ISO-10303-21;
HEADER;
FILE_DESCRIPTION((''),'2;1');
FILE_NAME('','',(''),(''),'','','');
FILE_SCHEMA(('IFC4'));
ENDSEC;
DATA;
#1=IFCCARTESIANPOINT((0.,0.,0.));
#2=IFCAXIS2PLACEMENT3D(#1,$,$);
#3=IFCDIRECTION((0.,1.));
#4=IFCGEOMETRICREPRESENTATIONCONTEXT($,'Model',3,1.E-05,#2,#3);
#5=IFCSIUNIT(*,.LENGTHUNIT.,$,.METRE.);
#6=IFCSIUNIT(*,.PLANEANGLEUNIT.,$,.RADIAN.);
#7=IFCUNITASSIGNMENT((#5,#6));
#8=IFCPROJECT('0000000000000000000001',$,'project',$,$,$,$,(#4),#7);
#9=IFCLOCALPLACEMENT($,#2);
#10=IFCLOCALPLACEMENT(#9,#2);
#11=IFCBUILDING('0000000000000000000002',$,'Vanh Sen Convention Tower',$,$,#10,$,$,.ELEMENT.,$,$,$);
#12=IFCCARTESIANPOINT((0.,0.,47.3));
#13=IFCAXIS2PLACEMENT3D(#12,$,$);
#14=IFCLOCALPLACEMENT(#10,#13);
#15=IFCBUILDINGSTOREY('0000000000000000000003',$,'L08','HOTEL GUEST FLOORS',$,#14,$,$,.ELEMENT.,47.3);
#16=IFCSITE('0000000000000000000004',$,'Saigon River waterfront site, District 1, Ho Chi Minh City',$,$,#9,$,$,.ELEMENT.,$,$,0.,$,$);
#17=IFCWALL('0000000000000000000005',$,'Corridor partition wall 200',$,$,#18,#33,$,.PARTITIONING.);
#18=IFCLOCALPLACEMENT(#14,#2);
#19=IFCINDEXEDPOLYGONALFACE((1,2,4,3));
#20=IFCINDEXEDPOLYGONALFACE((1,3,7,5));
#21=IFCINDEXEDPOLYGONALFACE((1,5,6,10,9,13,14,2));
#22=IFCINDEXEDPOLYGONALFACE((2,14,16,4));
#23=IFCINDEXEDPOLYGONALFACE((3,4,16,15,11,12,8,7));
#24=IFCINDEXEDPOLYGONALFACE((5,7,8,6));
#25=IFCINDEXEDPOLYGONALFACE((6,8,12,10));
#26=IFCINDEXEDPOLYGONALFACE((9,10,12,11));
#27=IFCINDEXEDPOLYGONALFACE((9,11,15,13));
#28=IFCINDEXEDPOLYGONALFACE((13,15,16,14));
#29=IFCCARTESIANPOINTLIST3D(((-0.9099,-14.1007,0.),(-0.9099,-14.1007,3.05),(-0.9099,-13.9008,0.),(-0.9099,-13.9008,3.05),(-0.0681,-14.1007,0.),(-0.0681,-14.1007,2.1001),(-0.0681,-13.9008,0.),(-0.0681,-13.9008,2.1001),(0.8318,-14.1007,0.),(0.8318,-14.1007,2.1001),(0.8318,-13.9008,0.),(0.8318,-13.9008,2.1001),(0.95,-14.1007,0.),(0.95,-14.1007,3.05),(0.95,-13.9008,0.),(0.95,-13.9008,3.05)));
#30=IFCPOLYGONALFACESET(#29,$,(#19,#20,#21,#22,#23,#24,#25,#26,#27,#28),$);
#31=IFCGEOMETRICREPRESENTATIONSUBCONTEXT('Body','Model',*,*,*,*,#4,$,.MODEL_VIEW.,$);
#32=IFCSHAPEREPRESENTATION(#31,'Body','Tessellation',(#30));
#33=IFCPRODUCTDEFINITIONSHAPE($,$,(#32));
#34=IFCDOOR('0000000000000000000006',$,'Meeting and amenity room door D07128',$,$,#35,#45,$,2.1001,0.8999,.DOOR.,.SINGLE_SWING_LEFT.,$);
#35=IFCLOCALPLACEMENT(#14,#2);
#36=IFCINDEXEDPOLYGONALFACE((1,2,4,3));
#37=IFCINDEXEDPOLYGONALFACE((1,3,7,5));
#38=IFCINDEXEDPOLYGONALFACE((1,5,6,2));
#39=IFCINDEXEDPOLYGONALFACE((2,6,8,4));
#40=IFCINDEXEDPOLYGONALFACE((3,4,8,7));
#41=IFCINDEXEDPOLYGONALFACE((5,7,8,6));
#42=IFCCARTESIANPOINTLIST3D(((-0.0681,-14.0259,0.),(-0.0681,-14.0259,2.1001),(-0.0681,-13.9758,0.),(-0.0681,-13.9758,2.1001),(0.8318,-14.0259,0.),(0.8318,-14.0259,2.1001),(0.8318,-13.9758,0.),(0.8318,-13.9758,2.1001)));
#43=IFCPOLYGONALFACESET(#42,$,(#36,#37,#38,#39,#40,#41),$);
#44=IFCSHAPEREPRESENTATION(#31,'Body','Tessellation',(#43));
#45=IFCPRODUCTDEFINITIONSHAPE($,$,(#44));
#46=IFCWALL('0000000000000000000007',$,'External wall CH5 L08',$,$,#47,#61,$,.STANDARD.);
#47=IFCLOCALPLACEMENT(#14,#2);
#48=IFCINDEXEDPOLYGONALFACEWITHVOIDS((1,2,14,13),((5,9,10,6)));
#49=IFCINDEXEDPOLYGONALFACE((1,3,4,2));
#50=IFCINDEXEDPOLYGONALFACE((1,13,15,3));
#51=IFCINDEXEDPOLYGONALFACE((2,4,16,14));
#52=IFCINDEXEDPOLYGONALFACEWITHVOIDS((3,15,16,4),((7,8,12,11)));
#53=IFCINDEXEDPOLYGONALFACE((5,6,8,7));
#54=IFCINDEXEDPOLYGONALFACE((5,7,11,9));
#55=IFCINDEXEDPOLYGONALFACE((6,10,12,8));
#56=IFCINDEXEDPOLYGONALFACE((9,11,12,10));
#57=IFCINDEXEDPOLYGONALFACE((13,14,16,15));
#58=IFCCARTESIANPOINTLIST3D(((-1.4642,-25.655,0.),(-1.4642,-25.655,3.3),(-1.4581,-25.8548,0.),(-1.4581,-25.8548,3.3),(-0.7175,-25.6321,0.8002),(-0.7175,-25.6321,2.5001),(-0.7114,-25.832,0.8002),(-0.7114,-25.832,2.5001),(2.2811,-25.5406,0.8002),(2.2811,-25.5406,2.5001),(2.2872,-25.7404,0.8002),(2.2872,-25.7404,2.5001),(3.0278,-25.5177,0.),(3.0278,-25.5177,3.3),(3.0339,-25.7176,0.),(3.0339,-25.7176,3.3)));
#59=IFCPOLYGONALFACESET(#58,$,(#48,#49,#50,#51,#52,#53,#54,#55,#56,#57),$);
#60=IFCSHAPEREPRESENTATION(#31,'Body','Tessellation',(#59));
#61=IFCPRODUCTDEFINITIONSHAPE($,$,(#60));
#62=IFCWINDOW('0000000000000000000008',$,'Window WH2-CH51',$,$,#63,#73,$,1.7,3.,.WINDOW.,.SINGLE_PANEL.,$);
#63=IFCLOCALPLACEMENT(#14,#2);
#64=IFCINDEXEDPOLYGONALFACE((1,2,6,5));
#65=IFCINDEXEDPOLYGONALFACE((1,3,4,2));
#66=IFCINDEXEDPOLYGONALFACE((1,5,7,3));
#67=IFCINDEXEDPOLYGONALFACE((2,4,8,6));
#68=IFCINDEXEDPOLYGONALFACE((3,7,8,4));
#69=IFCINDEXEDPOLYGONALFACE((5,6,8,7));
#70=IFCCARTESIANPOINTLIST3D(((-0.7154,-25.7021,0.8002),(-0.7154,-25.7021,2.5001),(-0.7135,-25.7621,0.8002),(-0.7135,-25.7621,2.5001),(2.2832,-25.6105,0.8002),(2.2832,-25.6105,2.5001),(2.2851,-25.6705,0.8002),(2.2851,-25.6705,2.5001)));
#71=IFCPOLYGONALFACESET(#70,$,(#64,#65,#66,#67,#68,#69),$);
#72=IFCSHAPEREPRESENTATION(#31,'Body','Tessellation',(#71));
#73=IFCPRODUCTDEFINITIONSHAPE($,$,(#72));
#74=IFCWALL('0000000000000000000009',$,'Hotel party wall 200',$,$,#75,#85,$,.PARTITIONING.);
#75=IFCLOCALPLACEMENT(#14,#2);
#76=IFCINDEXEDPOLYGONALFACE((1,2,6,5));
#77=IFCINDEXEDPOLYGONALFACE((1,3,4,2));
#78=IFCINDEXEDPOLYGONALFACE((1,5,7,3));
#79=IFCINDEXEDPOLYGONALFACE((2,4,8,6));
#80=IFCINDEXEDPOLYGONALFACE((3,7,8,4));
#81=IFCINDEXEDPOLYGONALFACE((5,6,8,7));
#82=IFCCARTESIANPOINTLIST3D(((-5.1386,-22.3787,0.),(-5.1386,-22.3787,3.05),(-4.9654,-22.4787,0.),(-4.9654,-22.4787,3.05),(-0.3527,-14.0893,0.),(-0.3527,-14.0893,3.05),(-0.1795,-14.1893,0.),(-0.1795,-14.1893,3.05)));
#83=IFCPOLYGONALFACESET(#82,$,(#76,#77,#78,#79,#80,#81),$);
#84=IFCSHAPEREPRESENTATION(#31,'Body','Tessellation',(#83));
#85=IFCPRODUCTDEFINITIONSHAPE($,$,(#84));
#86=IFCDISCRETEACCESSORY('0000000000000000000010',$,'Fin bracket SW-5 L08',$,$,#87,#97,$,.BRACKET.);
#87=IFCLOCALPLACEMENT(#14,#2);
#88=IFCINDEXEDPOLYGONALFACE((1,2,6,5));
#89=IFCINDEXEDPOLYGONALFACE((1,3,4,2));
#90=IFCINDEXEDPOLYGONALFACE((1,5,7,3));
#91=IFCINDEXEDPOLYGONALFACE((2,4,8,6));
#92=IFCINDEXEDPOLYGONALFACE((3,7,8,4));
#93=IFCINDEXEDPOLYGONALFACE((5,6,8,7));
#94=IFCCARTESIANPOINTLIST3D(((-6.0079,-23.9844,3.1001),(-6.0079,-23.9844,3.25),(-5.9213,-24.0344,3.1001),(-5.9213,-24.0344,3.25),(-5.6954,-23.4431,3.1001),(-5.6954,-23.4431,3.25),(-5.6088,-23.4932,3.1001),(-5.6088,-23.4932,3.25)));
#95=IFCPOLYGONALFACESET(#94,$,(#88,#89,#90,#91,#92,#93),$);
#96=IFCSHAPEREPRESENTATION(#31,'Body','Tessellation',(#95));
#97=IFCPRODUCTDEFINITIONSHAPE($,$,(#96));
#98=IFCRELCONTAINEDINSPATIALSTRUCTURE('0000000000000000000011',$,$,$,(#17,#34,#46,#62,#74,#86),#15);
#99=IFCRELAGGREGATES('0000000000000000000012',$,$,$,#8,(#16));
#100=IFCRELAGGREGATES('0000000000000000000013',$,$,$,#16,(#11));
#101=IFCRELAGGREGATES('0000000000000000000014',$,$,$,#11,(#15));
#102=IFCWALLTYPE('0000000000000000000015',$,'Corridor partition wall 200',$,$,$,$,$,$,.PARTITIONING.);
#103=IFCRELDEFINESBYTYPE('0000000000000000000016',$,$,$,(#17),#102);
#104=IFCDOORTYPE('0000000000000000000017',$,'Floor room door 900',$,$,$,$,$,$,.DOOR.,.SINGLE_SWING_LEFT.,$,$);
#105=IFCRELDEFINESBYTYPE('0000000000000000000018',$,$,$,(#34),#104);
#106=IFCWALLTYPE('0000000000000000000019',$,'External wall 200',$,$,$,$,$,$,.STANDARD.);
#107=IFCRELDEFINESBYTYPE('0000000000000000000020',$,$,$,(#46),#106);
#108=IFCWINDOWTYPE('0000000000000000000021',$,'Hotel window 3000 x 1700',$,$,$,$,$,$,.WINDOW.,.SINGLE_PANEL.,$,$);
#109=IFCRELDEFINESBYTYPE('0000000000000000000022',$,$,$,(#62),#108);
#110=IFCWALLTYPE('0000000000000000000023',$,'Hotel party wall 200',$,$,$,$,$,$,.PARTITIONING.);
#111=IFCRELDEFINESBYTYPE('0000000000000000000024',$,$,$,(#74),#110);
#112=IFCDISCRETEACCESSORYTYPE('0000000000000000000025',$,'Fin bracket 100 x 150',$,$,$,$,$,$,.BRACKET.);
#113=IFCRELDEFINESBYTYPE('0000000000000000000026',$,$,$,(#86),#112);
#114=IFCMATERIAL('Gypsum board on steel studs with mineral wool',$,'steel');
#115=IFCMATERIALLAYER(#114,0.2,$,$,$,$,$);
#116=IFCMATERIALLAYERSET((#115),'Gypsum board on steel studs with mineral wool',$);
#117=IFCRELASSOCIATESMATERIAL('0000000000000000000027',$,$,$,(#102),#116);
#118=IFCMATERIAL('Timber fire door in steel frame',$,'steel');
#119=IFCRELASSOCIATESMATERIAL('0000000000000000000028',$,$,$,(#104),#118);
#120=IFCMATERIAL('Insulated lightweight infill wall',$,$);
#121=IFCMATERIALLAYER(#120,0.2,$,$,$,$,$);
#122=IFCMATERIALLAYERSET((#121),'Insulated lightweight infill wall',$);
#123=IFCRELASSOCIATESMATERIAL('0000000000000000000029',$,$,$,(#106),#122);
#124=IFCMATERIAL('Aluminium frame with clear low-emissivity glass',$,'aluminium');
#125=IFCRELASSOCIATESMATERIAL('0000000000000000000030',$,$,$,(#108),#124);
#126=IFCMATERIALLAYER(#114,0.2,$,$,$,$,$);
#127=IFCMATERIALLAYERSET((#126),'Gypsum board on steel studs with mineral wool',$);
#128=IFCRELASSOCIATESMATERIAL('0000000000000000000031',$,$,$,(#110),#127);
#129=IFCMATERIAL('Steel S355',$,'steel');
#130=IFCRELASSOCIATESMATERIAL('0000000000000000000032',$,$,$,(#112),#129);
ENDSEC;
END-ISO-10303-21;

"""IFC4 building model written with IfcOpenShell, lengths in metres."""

from ifc_helpers import new_model, si_unit, direction, frame, frame_2d, origin, origin_2d, place, context, subcontext, project, spatial, rectangle, extrude, material, layer, layer_set, type_object, element, fill, save


model = new_model("IFC4")

# Units and contexts
model_context = context("Model", 3, precision=1e-05, world=origin(), true_north=direction((0.0, 1.0)))
body_context = subcontext(model_context, "Body", "Model", "MODEL_VIEW")
ifc_project = project(units=[si_unit("LENGTHUNIT", "METRE"), si_unit("PLANEANGLEUNIT", "RADIAN")], contexts=[model_context])

# Site, building, storey
site_placement = place(None, origin())
site = spatial("IfcSite", under=ifc_project, at=site_placement, Name="Saigon River waterfront site, District 1, Ho Chi Minh City", CompositionType="ELEMENT", RefElevation=0.0)
building_placement = place(site_placement, origin())
building = spatial("IfcBuilding", under=site, at=building_placement, Name="Vanh Sen Convention Tower", CompositionType="ELEMENT")
storey_placement = place(building_placement, frame((0.0, 0.0, 47.3)))
storey = spatial("IfcBuildingStorey", under=building, at=storey_placement, Name="L08", Description="HOTEL GUEST FLOORS", CompositionType="ELEMENT", Elevation=47.3)

# Wall, opening, door
ifc_material_1 = material(Name="Gypsum board on steel studs with mineral wool", Category="steel")
ifc_layer_1 = layer(ifc_material_1, 0.2)
ifc_layer_set_1 = layer_set([ifc_layer_1], Name="Gypsum board on steel studs with mineral wool")
wall_type_1 = type_object("IfcWallType", Name="Corridor partition wall 200", PredefinedType="PARTITIONING", material=ifc_layer_set_1)
wall_1_placement = place(storey_placement, frame((-0.9099, -14.0007, 0.0), z_axis=(0.0, 0.0, 1.0), x_axis=(1.0, 0.0, 0.0)))
wall_1 = element("IfcWall", 1, at=wall_1_placement, inside=storey, type_object=wall_type_1, Name="Corridor partition wall 200", PredefinedType="PARTITIONING", context=body_context, shape_type="SweptSolid", body=[
    extrude(rectangle(XDim=1.8599, YDim=0.2, at=frame_2d((0.9299, 0.0))), origin(), (0.0, 0.0, 1.0), 3.05),
])
opening_1_placement = place(wall_1_placement, frame((0.8418, 0.0, 0.0)))
opening_1 = element("IfcOpeningElement", 2, at=opening_1_placement, cuts=wall_1, PredefinedType="OPENING", context=body_context, shape_type="SweptSolid", body=[
    extrude(rectangle(XDim=0.8999, YDim=2.1001, at=frame_2d((0.45, 1.05))), frame((0.0, 0.1099, 0.0), z_axis=(0.0, -1.0, 0.0), x_axis=(1.0, 0.0, 0.0)), (0.0, 0.0, 1.0), 0.22),
])
ifc_material_2 = material(Name="Timber fire door in steel frame", Category="steel")
door_type_1 = type_object("IfcDoorType", Name="Floor room door 900", OperationType="SINGLE_SWING_LEFT", PredefinedType="DOOR", material=ifc_material_2)
door_1_placement = place(opening_1_placement, origin())
door_1 = element("IfcDoor", 3, at=door_1_placement, inside=storey, type_object=door_type_1, Name="Meeting and amenity room door D07128", OperationType="SINGLE_SWING_LEFT", OverallHeight=2.1001, OverallWidth=0.8999, PredefinedType="DOOR", context=body_context, shape_type="SweptSolid", body=[
    extrude(rectangle(XDim=0.8999, YDim=2.1001, at=frame_2d((0.45, 1.05))), frame((0.0, 0.0249, 0.0), z_axis=(0.0, -1.0, 0.0), x_axis=(1.0, 0.0, 0.0)), (0.0, 0.0, 1.0), 0.05),
])
fill(opening_1, door_1)

# Wall, opening, window
ifc_material_3 = material(Name="Insulated lightweight infill wall")
ifc_layer_2 = layer(ifc_material_3, 0.2)
ifc_layer_set_2 = layer_set([ifc_layer_2], Name="Insulated lightweight infill wall")
wall_type_2 = type_object("IfcWallType", Name="External wall 200", PredefinedType="STANDARD", material=ifc_layer_set_2)
wall_2_placement = place(storey_placement, frame((-1.4612, -25.7549, 0.0), z_axis=(0.0, 0.0, 1.0), x_axis=(0.999534, 0.030531, 0.0)))
wall_2 = element("IfcWall", 4, at=wall_2_placement, inside=storey, type_object=wall_type_2, Name="External wall CH5 L08", PredefinedType="STANDARD", context=body_context, shape_type="SweptSolid", body=[
    extrude(rectangle(XDim=4.4941, YDim=0.2, at=frame_2d((2.2471, 0.0))), origin(), (0.0, 0.0, 1.0), 3.3),
])
opening_2_placement = place(wall_2_placement, frame((0.7471, 0.0, 0.8)))
opening_2 = element("IfcOpeningElement", 5, at=opening_2_placement, cuts=wall_2, PredefinedType="OPENING", context=body_context, shape_type="SweptSolid", body=[
    extrude(rectangle(XDim=3.0, YDim=1.7, at=frame_2d((1.5, 0.8501))), frame((0.0, 0.1099, 0.0), z_axis=(0.0, -1.0, 0.0), x_axis=(1.0, 0.0, 0.0)), (0.0, 0.0, 1.0), 0.22),
])
ifc_material_4 = material(Name="Aluminium frame with clear low-emissivity glass", Category="aluminium")
window_type = type_object("IfcWindowType", Name="Hotel window 3000 x 1700", PartitioningType="SINGLE_PANEL", PredefinedType="WINDOW", material=ifc_material_4)
window_placement = place(opening_2_placement, origin())
window = element("IfcWindow", 6, at=window_placement, inside=storey, type_object=window_type, Name="Window WH2-CH51", OverallHeight=1.7, OverallWidth=3.0, PartitioningType="SINGLE_PANEL", PredefinedType="WINDOW", context=body_context, shape_type="SweptSolid", body=[
    extrude(rectangle(XDim=3.0, YDim=1.7, at=frame_2d((1.5, 0.8501))), frame((0.0, 0.03, 0.0), z_axis=(0.0, -1.0, 0.0), x_axis=(1.0, 0.0, 0.0)), (0.0, 0.0, 1.0), 0.0601),
])
fill(opening_2, window)

# Wall
ifc_layer_3 = layer(ifc_material_1, 0.2)
ifc_layer_set_3 = layer_set([ifc_layer_3], Name="Gypsum board on steel studs with mineral wool")
wall_type_3 = type_object("IfcWallType", Name="Hotel party wall 200", PredefinedType="PARTITIONING", material=ifc_layer_set_3)
wall_3_placement = place(storey_placement, frame((-5.052, -22.4287, 0.0), z_axis=(0.0, 0.0, 1.0), x_axis=(0.500004, 0.866023, 0.0)))
element("IfcWall", 7, at=wall_3_placement, inside=storey, type_object=wall_type_3, Name="Hotel party wall 200", PredefinedType="PARTITIONING", context=body_context, shape_type="SweptSolid", body=[
    extrude(rectangle(XDim=9.5718, YDim=0.2, at=frame_2d((4.7859, 0.0))), origin(), (0.0, 0.0, 1.0), 3.05),
])

# Discrete accessory
ifc_material_5 = material(Name="Steel S355", Category="steel")
discrete_accessory_type = type_object("IfcDiscreteAccessoryType", Name="Fin bracket 100 x 150", PredefinedType="BRACKET", material=ifc_material_5)
discrete_accessory_placement = place(storey_placement, frame((-5.8083, -23.7388, 3.1001), z_axis=(0.0, 0.0, 1.0), x_axis=(-0.5, -0.866025, 0.0)))
element("IfcDiscreteAccessory", 8, at=discrete_accessory_placement, inside=storey, type_object=discrete_accessory_type, Name="Fin bracket SW-5 L08", PredefinedType="BRACKET", context=body_context, shape_type="SweptSolid", body=[
    extrude(rectangle(XDim=0.625, YDim=0.1001, at=origin_2d()), origin(), (0.0, 0.0, 1.0), 0.1499),
])

save(model, "model.ifc")
